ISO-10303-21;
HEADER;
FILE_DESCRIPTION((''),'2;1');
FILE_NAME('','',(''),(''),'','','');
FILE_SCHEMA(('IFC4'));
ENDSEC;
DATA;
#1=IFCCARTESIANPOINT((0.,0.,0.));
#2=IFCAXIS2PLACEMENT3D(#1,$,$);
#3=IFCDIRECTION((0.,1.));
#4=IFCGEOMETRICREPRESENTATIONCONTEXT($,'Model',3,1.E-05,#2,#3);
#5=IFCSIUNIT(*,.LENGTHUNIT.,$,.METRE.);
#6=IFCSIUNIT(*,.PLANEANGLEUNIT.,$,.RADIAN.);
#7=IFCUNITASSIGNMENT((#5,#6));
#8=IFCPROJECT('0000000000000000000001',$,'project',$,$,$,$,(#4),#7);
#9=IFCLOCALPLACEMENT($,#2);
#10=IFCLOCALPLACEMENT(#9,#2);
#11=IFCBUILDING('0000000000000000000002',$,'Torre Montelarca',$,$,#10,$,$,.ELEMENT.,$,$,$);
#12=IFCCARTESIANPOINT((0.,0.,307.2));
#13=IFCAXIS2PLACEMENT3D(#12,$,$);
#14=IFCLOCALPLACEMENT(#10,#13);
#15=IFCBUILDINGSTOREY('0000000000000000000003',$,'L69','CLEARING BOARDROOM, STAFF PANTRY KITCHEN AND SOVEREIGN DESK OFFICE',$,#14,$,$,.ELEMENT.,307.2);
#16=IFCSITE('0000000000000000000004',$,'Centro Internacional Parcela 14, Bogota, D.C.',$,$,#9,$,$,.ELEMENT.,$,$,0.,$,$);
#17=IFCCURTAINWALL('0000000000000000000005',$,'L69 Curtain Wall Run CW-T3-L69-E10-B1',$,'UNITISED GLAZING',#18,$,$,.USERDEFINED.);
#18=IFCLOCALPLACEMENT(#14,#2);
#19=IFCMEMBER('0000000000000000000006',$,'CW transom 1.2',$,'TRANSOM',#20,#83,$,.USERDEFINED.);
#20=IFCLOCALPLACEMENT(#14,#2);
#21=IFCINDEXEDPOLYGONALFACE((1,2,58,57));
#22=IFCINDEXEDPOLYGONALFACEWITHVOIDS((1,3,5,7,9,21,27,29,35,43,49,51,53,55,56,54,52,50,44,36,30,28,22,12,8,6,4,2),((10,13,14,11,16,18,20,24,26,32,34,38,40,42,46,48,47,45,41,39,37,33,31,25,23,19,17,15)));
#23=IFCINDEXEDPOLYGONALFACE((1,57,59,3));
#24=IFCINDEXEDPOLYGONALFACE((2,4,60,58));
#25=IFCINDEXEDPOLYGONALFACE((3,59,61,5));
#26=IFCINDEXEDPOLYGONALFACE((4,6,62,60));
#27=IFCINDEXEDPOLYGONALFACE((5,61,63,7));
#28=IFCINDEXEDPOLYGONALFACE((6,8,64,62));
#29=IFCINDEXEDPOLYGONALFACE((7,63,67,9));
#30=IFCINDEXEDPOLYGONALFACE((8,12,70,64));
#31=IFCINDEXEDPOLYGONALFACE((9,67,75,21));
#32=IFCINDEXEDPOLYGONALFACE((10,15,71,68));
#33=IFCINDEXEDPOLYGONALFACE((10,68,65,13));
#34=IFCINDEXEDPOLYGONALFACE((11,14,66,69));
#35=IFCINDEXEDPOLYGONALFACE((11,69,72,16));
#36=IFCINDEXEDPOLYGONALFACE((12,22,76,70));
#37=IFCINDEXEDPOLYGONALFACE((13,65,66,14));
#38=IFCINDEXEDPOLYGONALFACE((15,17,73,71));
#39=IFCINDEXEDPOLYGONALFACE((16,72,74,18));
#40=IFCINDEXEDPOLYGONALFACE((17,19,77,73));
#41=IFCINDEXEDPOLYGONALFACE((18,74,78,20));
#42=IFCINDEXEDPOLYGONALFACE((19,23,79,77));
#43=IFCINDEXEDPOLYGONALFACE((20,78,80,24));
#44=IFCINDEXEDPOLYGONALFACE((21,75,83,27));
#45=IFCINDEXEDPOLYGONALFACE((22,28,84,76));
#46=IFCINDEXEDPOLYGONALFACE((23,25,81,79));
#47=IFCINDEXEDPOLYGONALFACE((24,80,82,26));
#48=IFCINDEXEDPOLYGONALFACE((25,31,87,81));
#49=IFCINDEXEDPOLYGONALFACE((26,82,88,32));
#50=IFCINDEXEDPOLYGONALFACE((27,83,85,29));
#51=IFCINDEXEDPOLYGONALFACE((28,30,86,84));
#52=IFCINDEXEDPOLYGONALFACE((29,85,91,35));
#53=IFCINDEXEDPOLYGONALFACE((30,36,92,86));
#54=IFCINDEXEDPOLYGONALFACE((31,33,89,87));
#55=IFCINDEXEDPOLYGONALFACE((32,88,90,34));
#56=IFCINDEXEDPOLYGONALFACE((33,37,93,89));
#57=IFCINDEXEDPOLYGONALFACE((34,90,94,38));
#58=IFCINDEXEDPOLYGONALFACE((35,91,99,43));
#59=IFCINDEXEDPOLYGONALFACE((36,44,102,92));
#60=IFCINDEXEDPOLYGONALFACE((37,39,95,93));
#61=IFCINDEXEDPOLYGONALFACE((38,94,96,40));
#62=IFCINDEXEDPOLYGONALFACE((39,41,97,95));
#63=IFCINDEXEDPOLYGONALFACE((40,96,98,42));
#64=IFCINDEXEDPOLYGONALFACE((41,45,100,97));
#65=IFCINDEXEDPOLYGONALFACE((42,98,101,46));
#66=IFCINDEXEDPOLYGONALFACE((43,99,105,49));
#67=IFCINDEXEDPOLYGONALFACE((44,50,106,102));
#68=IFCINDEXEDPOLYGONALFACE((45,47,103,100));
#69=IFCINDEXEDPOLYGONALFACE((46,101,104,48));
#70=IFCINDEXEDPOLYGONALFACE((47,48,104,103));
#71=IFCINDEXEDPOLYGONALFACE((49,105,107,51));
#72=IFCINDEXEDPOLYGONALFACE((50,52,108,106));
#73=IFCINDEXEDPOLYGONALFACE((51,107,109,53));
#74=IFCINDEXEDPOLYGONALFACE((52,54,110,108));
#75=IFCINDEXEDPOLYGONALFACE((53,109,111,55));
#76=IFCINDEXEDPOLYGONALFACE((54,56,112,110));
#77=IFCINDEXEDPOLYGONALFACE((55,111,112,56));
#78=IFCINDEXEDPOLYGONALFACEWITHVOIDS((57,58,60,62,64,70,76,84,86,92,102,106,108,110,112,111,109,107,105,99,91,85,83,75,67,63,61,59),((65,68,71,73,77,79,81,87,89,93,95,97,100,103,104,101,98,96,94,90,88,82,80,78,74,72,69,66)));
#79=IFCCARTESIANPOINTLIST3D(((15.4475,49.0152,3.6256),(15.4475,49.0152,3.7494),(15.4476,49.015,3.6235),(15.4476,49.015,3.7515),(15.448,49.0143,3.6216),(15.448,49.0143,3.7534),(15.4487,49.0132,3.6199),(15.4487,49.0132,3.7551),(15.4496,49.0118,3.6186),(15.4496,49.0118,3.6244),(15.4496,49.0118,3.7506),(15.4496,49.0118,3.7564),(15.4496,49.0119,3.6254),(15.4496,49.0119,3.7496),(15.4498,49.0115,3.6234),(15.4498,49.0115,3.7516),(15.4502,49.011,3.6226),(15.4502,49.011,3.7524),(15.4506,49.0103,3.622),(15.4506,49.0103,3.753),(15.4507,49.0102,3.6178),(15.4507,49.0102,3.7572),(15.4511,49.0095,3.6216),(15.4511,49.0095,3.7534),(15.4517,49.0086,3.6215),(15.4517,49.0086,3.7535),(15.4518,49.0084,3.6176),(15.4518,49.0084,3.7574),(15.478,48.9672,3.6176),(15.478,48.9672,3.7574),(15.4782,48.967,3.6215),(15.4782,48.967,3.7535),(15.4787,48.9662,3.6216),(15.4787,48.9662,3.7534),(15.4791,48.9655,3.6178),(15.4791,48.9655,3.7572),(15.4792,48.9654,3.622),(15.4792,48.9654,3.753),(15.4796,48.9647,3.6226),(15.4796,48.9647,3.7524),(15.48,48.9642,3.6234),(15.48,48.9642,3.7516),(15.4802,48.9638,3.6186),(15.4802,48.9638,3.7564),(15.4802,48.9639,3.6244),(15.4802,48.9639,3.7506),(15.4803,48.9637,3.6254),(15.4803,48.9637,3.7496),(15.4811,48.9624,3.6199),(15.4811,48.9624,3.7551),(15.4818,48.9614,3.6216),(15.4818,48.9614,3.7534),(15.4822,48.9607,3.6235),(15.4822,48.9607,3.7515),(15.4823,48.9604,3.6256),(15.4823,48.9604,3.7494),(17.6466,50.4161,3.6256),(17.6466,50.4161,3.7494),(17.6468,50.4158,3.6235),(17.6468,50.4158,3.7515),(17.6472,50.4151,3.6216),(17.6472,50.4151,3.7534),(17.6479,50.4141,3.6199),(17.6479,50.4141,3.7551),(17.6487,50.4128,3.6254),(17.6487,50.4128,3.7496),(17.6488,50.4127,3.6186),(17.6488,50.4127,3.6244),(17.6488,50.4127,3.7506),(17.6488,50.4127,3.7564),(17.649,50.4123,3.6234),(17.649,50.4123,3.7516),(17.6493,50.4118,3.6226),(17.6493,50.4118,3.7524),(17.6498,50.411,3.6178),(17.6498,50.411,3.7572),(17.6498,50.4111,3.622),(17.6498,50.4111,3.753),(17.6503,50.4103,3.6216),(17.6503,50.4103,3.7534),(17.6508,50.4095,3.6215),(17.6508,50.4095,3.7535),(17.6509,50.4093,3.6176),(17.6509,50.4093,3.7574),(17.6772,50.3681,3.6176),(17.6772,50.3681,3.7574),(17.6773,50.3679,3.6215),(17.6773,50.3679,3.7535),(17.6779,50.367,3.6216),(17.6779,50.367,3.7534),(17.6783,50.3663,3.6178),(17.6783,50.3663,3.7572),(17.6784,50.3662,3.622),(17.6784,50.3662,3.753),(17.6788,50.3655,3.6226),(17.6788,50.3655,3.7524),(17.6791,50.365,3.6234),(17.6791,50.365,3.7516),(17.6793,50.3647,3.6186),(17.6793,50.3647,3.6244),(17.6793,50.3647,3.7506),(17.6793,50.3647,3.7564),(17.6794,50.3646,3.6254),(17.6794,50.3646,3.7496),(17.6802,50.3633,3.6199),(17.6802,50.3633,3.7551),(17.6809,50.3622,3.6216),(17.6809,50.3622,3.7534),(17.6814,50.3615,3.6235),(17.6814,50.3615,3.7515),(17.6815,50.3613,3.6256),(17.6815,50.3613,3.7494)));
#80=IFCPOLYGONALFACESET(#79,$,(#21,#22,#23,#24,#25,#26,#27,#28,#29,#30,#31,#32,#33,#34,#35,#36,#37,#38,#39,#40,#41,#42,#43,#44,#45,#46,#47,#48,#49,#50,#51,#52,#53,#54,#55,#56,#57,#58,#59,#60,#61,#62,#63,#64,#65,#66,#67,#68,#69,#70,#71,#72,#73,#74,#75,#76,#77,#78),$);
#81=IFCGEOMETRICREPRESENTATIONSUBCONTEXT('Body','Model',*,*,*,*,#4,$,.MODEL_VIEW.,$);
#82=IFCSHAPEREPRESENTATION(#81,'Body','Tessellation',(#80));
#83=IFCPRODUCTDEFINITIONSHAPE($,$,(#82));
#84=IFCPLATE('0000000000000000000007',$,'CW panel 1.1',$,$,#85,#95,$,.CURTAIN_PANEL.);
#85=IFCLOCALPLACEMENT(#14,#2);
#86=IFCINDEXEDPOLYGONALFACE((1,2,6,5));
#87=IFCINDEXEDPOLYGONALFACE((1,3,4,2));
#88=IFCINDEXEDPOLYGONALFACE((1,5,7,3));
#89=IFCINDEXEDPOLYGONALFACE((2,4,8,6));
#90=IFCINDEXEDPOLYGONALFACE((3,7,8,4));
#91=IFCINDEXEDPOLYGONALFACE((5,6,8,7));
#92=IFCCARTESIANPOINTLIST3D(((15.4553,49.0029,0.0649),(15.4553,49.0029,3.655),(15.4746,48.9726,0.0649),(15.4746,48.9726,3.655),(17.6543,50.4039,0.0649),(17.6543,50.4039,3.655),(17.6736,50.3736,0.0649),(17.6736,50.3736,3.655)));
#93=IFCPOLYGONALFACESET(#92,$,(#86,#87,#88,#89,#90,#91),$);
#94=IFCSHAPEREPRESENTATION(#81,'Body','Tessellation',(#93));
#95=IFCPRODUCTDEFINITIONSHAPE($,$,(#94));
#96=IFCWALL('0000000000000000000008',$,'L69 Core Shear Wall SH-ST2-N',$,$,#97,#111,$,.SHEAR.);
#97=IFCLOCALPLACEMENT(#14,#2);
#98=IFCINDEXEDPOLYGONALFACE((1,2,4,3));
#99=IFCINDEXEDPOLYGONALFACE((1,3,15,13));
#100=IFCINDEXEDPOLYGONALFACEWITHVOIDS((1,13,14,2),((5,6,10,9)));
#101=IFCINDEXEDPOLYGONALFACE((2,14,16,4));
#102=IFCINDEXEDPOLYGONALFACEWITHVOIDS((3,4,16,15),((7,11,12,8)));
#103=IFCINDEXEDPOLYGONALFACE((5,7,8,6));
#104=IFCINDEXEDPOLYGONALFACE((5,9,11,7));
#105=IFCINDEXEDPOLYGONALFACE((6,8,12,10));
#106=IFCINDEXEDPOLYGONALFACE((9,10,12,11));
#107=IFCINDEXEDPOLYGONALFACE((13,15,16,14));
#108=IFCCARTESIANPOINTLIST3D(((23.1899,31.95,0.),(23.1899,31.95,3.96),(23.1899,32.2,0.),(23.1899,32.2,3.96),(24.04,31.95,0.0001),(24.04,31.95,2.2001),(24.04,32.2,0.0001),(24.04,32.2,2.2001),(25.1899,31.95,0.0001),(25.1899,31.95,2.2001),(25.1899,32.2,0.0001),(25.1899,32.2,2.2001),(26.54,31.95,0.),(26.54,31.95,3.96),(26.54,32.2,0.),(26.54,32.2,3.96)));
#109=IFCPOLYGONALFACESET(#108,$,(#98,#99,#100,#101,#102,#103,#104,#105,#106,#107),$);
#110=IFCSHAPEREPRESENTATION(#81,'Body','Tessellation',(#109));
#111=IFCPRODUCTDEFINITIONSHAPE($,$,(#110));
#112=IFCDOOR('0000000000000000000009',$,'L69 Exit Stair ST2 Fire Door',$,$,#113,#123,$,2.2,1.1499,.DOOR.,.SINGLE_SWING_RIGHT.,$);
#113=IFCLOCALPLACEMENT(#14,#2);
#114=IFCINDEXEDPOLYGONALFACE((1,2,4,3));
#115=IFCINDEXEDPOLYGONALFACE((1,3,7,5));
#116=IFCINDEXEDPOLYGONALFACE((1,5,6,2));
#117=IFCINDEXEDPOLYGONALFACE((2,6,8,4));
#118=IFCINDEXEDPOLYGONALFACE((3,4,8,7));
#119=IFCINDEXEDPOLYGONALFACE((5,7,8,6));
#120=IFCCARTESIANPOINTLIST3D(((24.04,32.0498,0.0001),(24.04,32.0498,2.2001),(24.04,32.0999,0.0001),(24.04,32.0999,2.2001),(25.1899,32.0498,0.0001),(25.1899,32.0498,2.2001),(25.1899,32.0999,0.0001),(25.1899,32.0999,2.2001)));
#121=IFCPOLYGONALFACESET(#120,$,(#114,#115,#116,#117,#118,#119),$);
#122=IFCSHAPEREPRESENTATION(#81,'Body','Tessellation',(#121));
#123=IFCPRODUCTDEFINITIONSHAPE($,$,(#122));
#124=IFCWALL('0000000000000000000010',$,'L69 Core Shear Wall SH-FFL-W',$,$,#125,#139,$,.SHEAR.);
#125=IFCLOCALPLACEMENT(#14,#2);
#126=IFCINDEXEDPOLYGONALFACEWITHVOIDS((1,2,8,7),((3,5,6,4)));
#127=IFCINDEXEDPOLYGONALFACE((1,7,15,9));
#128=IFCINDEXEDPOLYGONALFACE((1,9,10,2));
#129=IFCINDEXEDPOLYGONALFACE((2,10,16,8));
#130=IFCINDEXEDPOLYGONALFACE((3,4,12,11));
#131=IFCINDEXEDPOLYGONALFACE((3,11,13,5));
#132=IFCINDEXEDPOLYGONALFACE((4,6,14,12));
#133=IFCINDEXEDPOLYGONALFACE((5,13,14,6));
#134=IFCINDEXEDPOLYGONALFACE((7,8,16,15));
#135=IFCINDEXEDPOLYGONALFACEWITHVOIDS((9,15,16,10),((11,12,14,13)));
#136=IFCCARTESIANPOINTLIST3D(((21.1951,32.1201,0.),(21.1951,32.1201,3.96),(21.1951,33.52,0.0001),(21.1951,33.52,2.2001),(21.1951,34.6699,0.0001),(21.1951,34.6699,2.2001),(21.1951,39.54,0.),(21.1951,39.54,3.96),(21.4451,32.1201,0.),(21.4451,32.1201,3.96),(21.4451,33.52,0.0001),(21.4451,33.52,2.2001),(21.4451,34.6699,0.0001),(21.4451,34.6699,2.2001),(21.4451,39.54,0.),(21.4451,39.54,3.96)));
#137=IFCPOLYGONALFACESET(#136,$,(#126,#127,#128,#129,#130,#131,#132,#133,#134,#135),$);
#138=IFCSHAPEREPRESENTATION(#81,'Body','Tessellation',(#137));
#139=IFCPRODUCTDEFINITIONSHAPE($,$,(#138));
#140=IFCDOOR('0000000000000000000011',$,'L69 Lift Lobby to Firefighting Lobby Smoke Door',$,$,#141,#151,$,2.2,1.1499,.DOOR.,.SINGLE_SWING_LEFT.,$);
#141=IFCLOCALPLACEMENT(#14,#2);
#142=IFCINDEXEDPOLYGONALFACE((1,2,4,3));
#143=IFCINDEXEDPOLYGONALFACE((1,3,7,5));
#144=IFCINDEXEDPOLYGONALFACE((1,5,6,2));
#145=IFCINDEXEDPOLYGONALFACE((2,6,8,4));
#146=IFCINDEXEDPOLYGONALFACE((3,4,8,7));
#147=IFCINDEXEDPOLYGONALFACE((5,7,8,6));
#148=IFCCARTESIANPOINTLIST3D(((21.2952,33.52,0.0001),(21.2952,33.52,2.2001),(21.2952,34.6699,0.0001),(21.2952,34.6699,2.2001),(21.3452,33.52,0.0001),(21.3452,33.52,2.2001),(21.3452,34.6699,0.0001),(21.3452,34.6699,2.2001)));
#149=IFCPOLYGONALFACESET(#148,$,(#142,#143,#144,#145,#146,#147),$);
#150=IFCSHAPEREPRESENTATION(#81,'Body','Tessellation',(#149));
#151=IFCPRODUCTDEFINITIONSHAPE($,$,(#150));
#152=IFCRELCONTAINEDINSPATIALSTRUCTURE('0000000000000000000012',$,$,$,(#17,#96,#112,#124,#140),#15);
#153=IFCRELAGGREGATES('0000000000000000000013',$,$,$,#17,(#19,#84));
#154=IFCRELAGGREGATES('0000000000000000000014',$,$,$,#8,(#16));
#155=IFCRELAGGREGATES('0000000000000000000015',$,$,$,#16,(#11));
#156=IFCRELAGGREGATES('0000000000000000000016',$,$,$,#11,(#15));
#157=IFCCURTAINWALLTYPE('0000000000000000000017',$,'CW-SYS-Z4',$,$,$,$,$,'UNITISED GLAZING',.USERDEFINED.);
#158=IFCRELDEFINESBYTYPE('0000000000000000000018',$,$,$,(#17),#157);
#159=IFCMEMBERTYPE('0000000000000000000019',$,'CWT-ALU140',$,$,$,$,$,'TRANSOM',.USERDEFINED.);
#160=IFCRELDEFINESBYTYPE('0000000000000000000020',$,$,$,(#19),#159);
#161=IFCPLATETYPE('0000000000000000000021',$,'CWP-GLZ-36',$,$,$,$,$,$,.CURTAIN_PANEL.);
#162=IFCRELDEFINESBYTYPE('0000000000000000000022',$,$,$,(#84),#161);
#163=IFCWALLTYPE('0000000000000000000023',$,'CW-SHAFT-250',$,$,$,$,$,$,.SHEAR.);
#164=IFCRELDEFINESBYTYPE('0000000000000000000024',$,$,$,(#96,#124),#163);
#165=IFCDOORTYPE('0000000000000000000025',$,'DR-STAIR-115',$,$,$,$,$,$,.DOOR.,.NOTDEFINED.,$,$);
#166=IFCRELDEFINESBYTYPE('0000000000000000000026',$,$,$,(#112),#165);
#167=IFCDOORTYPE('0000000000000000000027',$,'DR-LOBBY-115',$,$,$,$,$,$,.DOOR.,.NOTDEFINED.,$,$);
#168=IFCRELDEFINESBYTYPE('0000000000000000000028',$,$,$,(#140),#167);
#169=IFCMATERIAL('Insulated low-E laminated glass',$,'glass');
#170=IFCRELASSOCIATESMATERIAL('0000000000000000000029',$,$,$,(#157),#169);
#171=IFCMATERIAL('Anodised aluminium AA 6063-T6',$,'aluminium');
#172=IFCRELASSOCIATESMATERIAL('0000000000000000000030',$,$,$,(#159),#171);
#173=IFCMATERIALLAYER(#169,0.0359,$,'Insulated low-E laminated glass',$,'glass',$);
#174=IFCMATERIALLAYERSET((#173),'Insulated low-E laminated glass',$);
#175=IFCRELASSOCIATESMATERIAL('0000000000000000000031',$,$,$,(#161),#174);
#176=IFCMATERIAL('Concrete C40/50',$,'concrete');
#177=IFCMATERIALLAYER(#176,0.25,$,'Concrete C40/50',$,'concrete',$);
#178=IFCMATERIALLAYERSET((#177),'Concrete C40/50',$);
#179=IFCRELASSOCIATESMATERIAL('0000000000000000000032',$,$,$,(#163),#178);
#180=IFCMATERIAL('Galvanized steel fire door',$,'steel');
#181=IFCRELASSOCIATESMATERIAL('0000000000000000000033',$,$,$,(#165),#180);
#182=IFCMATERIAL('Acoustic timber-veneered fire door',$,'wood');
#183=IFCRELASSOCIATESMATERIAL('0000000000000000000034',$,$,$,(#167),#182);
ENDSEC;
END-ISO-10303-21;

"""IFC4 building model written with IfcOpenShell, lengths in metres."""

from ifc_helpers import new_model, si_unit, direction, frame, frame_2d, origin, origin_2d, place, context, subcontext, project, spatial, rectangle, hollow_rectangle, extrude, source, transform, mapped, material, layer, layer_set, material_profile, profile_set, type_object, element, fill, aggregate, save


model = new_model("IFC4")

# Units and contexts
model_context = context("Model", 3, precision=1e-05, world=origin(), true_north=direction((0.0, 1.0)))
body_context = subcontext(model_context, "Body", "Model", "MODEL_VIEW")
ifc_project = project(units=[si_unit("LENGTHUNIT", "METRE"), si_unit("PLANEANGLEUNIT", "RADIAN")], contexts=[model_context])

# Site, building, storey
site_placement = place(None, origin())
site = spatial("IfcSite", under=ifc_project, at=site_placement, Name="Centro Internacional Parcela 14, Bogota, D.C.", CompositionType="ELEMENT", RefElevation=0.0)
building_placement = place(site_placement, origin())
building = spatial("IfcBuilding", under=site, at=building_placement, Name="Torre Montelarca", CompositionType="ELEMENT")
storey_placement = place(building_placement, frame((0.0, 0.0, 307.2)))
storey = spatial("IfcBuildingStorey", under=building, at=storey_placement, Name="L69", Description="CLEARING BOARDROOM, STAFF PANTRY KITCHEN AND SOVEREIGN DESK OFFICE", CompositionType="ELEMENT", Elevation=307.2)

# Curtain wall, member, plate
ifc_material_1 = material(Name="Insulated low-E laminated glass", Category="glass")
curtain_wall_type = type_object("IfcCurtainWallType", Name="CW-SYS-Z4", ElementType="UNITISED GLAZING", PredefinedType="USERDEFINED", material=ifc_material_1)
curtain_wall_placement = place(storey_placement, origin())
curtain_wall = element("IfcCurtainWall", 1, at=curtain_wall_placement, inside=storey, type_object=curtain_wall_type, Name="L69 Curtain Wall Run CW-T3-L69-E10-B1", ObjectType="UNITISED GLAZING", PredefinedType="USERDEFINED")
ifc_material_2 = material(Name="Anodised aluminium AA 6063-T6", Category="aluminium")
ifc_material_profile_1 = material_profile(ifc_material_2, hollow_rectangle(XDim=0.0649, YDim=0.1399, WallThickness=0.0039, InnerFilletRadius=0.0039, OuterFilletRadius=0.0081, at=origin_2d()), Name="ALU65X140X4", Category="aluminium")
ifc_profile_set_1 = profile_set([ifc_material_profile_1], Name="Anodised aluminium AA 6063-T6")
member_type_1 = type_object("IfcMemberType", Name="CWT-ALU140", ElementType="TRANSOM", PredefinedType="USERDEFINED", material=ifc_profile_set_1)
shared_shape_1 = source(origin(), body_context, "Body", "SweptSolid", [
    extrude(hollow_rectangle(XDim=0.0649, YDim=0.1399, WallThickness=0.0039, InnerFilletRadius=0.0039, OuterFilletRadius=0.0081, at=origin_2d()), origin(), (0.0, 0.0, 1.0), 2.6074),
])
member_1_placement = place(storey_placement, frame((17.6641, 50.3887, 3.6875), z_axis=(-0.843422, -0.537251, 0.0), x_axis=(0.537251, -0.843422, 0.0)))
member_1 = element("IfcMember", 2, at=member_1_placement, type_object=member_type_1, Name="CW transom 1.2", ObjectType="TRANSOM", PredefinedType="USERDEFINED", context=body_context, shape_type="MappedRepresentation", body=[
    mapped(shared_shape_1, transform((0.0, 0.0, 0.0), scale=1.0)),
])
ifc_layer_1 = layer(ifc_material_1, 0.0359, Name="Insulated low-E laminated glass", Category="glass")
ifc_layer_set_1 = layer_set([ifc_layer_1], Name="Insulated low-E laminated glass")
plate_type = type_object("IfcPlateType", Name="CWP-GLZ-36", PredefinedType="CURTAIN_PANEL", material=ifc_layer_set_1)
shared_shape_2 = source(origin(), body_context, "Body", "SweptSolid", [
    extrude(rectangle(XDim=2.6074, YDim=0.0359, at=origin_2d()), origin(), (0.0, 0.0, 1.0), 3.5901),
])
plate_placement = place(storey_placement, frame((16.5645, 49.6882, 0.0649), z_axis=(0.0, 0.0, 1.0), x_axis=(-0.84339, -0.537302, 0.0)))
plate = element("IfcPlate", 3, at=plate_placement, type_object=plate_type, Name="CW panel 1.1", PredefinedType="CURTAIN_PANEL", context=body_context, shape_type="MappedRepresentation", body=[
    mapped(shared_shape_2, transform((0.0, 0.0, 0.0), scale=1.0)),
])
aggregate(curtain_wall, [member_1, plate])

# Walls, openings, doors
ifc_material_3 = material(Name="Concrete C40/50", Category="concrete")
ifc_layer_2 = layer(ifc_material_3, 0.25, Name="Concrete C40/50", Category="concrete")
ifc_layer_set_2 = layer_set([ifc_layer_2], Name="Concrete C40/50")
wall_type_1 = type_object("IfcWallType", Name="CW-SHAFT-250", PredefinedType="SHEAR", material=ifc_layer_set_2)
wall_1_placement = place(storey_placement, frame((23.1899, 32.075, 0.0), z_axis=(0.0, 0.0, 1.0), x_axis=(1.0, 0.0, 0.0)))
wall_1 = element("IfcWall", 4, at=wall_1_placement, inside=storey, type_object=wall_type_1, Name="L69 Core Shear Wall SH-ST2-N", PredefinedType="SHEAR", context=body_context, shape_type="SweptSolid", body=[
    extrude(rectangle(XDim=3.3501, YDim=0.25, at=frame_2d((1.675, 0.0))), origin(), (0.0, 0.0, 1.0), 3.96),
])
opening_1_placement = place(wall_1_placement, frame((0.8501, 0.0, 0.0)))
opening_1 = element("IfcOpeningElement", 5, at=opening_1_placement, cuts=wall_1, PredefinedType="OPENING", context=body_context, shape_type="SweptSolid", body=[
    extrude(rectangle(XDim=1.1499, YDim=2.2, at=frame_2d((0.575, 1.1001))), frame((0.0, 0.135, 0.0), z_axis=(0.0, -1.0, 0.0), x_axis=(1.0, 0.0, 0.0)), (0.0, 0.0, 1.0), 0.27),
])
ifc_material_4 = material(Name="Galvanized steel fire door", Category="steel")
door_type_1 = type_object("IfcDoorType", Name="DR-STAIR-115", OperationType="NOTDEFINED", PredefinedType="DOOR", material=ifc_material_4)
shared_shape_3 = source(origin(), body_context, "Body", "SweptSolid", [
    extrude(rectangle(XDim=1.1499, YDim=2.2, at=frame_2d((0.575, 1.1001))), frame((0.0, 0.0249, 0.0), z_axis=(0.0, -1.0, 0.0), x_axis=(1.0, 0.0, 0.0)), (0.0, 0.0, 1.0), 0.05),
])
door_1_placement = place(opening_1_placement, origin())
door_1 = element("IfcDoor", 6, at=door_1_placement, inside=storey, type_object=door_type_1, Name="L69 Exit Stair ST2 Fire Door", OperationType="SINGLE_SWING_RIGHT", OverallHeight=2.2, OverallWidth=1.1499, PredefinedType="DOOR", context=body_context, shape_type="MappedRepresentation", body=[
    mapped(shared_shape_3, transform((0.0, 0.0, 0.0), scale=1.0)),
])
fill(opening_1, door_1)
wall_2_placement = place(storey_placement, frame((21.3201, 32.1201, 0.0), z_axis=(0.0, 0.0, 1.0), x_axis=(0.0, 1.0, 0.0)))
wall_2 = element("IfcWall", 7, at=wall_2_placement, inside=storey, type_object=wall_type_1, Name="L69 Core Shear Wall SH-FFL-W", PredefinedType="SHEAR", context=body_context, shape_type="SweptSolid", body=[
    extrude(rectangle(XDim=7.4199, YDim=0.25, at=frame_2d((3.71, 0.0))), origin(), (0.0, 0.0, 1.0), 3.96),
])
opening_2_placement = place(wall_2_placement, frame((1.3999, 0.0, 0.0)))
opening_2 = element("IfcOpeningElement", 8, at=opening_2_placement, cuts=wall_2, PredefinedType="OPENING", context=body_context, shape_type="SweptSolid", body=[
    extrude(rectangle(XDim=1.1499, YDim=2.2, at=frame_2d((0.575, 1.1001))), frame((0.0, 0.135, 0.0), z_axis=(0.0, -1.0, 0.0), x_axis=(1.0, 0.0, 0.0)), (0.0, 0.0, 1.0), 0.27),
])
ifc_material_5 = material(Name="Acoustic timber-veneered fire door", Category="wood")
door_type_2 = type_object("IfcDoorType", Name="DR-LOBBY-115", OperationType="NOTDEFINED", PredefinedType="DOOR", material=ifc_material_5)
shared_shape_4 = source(origin(), body_context, "Body", "SweptSolid", [
    extrude(rectangle(XDim=1.1499, YDim=2.2, at=frame_2d((0.575, 1.1001))), frame((0.0, 0.0249, 0.0), z_axis=(0.0, -1.0, 0.0), x_axis=(1.0, 0.0, 0.0)), (0.0, 0.0, 1.0), 0.05),
])
door_2_placement = place(opening_2_placement, origin())
door_2 = element("IfcDoor", 9, at=door_2_placement, inside=storey, type_object=door_type_2, Name="L69 Lift Lobby to Firefighting Lobby Smoke Door", OperationType="SINGLE_SWING_LEFT", OverallHeight=2.2, OverallWidth=1.1499, PredefinedType="DOOR", context=body_context, shape_type="MappedRepresentation", body=[
    mapped(shared_shape_4, transform((0.0, 0.0, 0.0), scale=1.0)),
])
fill(opening_2, door_2)

save(model, "model.ifc")
